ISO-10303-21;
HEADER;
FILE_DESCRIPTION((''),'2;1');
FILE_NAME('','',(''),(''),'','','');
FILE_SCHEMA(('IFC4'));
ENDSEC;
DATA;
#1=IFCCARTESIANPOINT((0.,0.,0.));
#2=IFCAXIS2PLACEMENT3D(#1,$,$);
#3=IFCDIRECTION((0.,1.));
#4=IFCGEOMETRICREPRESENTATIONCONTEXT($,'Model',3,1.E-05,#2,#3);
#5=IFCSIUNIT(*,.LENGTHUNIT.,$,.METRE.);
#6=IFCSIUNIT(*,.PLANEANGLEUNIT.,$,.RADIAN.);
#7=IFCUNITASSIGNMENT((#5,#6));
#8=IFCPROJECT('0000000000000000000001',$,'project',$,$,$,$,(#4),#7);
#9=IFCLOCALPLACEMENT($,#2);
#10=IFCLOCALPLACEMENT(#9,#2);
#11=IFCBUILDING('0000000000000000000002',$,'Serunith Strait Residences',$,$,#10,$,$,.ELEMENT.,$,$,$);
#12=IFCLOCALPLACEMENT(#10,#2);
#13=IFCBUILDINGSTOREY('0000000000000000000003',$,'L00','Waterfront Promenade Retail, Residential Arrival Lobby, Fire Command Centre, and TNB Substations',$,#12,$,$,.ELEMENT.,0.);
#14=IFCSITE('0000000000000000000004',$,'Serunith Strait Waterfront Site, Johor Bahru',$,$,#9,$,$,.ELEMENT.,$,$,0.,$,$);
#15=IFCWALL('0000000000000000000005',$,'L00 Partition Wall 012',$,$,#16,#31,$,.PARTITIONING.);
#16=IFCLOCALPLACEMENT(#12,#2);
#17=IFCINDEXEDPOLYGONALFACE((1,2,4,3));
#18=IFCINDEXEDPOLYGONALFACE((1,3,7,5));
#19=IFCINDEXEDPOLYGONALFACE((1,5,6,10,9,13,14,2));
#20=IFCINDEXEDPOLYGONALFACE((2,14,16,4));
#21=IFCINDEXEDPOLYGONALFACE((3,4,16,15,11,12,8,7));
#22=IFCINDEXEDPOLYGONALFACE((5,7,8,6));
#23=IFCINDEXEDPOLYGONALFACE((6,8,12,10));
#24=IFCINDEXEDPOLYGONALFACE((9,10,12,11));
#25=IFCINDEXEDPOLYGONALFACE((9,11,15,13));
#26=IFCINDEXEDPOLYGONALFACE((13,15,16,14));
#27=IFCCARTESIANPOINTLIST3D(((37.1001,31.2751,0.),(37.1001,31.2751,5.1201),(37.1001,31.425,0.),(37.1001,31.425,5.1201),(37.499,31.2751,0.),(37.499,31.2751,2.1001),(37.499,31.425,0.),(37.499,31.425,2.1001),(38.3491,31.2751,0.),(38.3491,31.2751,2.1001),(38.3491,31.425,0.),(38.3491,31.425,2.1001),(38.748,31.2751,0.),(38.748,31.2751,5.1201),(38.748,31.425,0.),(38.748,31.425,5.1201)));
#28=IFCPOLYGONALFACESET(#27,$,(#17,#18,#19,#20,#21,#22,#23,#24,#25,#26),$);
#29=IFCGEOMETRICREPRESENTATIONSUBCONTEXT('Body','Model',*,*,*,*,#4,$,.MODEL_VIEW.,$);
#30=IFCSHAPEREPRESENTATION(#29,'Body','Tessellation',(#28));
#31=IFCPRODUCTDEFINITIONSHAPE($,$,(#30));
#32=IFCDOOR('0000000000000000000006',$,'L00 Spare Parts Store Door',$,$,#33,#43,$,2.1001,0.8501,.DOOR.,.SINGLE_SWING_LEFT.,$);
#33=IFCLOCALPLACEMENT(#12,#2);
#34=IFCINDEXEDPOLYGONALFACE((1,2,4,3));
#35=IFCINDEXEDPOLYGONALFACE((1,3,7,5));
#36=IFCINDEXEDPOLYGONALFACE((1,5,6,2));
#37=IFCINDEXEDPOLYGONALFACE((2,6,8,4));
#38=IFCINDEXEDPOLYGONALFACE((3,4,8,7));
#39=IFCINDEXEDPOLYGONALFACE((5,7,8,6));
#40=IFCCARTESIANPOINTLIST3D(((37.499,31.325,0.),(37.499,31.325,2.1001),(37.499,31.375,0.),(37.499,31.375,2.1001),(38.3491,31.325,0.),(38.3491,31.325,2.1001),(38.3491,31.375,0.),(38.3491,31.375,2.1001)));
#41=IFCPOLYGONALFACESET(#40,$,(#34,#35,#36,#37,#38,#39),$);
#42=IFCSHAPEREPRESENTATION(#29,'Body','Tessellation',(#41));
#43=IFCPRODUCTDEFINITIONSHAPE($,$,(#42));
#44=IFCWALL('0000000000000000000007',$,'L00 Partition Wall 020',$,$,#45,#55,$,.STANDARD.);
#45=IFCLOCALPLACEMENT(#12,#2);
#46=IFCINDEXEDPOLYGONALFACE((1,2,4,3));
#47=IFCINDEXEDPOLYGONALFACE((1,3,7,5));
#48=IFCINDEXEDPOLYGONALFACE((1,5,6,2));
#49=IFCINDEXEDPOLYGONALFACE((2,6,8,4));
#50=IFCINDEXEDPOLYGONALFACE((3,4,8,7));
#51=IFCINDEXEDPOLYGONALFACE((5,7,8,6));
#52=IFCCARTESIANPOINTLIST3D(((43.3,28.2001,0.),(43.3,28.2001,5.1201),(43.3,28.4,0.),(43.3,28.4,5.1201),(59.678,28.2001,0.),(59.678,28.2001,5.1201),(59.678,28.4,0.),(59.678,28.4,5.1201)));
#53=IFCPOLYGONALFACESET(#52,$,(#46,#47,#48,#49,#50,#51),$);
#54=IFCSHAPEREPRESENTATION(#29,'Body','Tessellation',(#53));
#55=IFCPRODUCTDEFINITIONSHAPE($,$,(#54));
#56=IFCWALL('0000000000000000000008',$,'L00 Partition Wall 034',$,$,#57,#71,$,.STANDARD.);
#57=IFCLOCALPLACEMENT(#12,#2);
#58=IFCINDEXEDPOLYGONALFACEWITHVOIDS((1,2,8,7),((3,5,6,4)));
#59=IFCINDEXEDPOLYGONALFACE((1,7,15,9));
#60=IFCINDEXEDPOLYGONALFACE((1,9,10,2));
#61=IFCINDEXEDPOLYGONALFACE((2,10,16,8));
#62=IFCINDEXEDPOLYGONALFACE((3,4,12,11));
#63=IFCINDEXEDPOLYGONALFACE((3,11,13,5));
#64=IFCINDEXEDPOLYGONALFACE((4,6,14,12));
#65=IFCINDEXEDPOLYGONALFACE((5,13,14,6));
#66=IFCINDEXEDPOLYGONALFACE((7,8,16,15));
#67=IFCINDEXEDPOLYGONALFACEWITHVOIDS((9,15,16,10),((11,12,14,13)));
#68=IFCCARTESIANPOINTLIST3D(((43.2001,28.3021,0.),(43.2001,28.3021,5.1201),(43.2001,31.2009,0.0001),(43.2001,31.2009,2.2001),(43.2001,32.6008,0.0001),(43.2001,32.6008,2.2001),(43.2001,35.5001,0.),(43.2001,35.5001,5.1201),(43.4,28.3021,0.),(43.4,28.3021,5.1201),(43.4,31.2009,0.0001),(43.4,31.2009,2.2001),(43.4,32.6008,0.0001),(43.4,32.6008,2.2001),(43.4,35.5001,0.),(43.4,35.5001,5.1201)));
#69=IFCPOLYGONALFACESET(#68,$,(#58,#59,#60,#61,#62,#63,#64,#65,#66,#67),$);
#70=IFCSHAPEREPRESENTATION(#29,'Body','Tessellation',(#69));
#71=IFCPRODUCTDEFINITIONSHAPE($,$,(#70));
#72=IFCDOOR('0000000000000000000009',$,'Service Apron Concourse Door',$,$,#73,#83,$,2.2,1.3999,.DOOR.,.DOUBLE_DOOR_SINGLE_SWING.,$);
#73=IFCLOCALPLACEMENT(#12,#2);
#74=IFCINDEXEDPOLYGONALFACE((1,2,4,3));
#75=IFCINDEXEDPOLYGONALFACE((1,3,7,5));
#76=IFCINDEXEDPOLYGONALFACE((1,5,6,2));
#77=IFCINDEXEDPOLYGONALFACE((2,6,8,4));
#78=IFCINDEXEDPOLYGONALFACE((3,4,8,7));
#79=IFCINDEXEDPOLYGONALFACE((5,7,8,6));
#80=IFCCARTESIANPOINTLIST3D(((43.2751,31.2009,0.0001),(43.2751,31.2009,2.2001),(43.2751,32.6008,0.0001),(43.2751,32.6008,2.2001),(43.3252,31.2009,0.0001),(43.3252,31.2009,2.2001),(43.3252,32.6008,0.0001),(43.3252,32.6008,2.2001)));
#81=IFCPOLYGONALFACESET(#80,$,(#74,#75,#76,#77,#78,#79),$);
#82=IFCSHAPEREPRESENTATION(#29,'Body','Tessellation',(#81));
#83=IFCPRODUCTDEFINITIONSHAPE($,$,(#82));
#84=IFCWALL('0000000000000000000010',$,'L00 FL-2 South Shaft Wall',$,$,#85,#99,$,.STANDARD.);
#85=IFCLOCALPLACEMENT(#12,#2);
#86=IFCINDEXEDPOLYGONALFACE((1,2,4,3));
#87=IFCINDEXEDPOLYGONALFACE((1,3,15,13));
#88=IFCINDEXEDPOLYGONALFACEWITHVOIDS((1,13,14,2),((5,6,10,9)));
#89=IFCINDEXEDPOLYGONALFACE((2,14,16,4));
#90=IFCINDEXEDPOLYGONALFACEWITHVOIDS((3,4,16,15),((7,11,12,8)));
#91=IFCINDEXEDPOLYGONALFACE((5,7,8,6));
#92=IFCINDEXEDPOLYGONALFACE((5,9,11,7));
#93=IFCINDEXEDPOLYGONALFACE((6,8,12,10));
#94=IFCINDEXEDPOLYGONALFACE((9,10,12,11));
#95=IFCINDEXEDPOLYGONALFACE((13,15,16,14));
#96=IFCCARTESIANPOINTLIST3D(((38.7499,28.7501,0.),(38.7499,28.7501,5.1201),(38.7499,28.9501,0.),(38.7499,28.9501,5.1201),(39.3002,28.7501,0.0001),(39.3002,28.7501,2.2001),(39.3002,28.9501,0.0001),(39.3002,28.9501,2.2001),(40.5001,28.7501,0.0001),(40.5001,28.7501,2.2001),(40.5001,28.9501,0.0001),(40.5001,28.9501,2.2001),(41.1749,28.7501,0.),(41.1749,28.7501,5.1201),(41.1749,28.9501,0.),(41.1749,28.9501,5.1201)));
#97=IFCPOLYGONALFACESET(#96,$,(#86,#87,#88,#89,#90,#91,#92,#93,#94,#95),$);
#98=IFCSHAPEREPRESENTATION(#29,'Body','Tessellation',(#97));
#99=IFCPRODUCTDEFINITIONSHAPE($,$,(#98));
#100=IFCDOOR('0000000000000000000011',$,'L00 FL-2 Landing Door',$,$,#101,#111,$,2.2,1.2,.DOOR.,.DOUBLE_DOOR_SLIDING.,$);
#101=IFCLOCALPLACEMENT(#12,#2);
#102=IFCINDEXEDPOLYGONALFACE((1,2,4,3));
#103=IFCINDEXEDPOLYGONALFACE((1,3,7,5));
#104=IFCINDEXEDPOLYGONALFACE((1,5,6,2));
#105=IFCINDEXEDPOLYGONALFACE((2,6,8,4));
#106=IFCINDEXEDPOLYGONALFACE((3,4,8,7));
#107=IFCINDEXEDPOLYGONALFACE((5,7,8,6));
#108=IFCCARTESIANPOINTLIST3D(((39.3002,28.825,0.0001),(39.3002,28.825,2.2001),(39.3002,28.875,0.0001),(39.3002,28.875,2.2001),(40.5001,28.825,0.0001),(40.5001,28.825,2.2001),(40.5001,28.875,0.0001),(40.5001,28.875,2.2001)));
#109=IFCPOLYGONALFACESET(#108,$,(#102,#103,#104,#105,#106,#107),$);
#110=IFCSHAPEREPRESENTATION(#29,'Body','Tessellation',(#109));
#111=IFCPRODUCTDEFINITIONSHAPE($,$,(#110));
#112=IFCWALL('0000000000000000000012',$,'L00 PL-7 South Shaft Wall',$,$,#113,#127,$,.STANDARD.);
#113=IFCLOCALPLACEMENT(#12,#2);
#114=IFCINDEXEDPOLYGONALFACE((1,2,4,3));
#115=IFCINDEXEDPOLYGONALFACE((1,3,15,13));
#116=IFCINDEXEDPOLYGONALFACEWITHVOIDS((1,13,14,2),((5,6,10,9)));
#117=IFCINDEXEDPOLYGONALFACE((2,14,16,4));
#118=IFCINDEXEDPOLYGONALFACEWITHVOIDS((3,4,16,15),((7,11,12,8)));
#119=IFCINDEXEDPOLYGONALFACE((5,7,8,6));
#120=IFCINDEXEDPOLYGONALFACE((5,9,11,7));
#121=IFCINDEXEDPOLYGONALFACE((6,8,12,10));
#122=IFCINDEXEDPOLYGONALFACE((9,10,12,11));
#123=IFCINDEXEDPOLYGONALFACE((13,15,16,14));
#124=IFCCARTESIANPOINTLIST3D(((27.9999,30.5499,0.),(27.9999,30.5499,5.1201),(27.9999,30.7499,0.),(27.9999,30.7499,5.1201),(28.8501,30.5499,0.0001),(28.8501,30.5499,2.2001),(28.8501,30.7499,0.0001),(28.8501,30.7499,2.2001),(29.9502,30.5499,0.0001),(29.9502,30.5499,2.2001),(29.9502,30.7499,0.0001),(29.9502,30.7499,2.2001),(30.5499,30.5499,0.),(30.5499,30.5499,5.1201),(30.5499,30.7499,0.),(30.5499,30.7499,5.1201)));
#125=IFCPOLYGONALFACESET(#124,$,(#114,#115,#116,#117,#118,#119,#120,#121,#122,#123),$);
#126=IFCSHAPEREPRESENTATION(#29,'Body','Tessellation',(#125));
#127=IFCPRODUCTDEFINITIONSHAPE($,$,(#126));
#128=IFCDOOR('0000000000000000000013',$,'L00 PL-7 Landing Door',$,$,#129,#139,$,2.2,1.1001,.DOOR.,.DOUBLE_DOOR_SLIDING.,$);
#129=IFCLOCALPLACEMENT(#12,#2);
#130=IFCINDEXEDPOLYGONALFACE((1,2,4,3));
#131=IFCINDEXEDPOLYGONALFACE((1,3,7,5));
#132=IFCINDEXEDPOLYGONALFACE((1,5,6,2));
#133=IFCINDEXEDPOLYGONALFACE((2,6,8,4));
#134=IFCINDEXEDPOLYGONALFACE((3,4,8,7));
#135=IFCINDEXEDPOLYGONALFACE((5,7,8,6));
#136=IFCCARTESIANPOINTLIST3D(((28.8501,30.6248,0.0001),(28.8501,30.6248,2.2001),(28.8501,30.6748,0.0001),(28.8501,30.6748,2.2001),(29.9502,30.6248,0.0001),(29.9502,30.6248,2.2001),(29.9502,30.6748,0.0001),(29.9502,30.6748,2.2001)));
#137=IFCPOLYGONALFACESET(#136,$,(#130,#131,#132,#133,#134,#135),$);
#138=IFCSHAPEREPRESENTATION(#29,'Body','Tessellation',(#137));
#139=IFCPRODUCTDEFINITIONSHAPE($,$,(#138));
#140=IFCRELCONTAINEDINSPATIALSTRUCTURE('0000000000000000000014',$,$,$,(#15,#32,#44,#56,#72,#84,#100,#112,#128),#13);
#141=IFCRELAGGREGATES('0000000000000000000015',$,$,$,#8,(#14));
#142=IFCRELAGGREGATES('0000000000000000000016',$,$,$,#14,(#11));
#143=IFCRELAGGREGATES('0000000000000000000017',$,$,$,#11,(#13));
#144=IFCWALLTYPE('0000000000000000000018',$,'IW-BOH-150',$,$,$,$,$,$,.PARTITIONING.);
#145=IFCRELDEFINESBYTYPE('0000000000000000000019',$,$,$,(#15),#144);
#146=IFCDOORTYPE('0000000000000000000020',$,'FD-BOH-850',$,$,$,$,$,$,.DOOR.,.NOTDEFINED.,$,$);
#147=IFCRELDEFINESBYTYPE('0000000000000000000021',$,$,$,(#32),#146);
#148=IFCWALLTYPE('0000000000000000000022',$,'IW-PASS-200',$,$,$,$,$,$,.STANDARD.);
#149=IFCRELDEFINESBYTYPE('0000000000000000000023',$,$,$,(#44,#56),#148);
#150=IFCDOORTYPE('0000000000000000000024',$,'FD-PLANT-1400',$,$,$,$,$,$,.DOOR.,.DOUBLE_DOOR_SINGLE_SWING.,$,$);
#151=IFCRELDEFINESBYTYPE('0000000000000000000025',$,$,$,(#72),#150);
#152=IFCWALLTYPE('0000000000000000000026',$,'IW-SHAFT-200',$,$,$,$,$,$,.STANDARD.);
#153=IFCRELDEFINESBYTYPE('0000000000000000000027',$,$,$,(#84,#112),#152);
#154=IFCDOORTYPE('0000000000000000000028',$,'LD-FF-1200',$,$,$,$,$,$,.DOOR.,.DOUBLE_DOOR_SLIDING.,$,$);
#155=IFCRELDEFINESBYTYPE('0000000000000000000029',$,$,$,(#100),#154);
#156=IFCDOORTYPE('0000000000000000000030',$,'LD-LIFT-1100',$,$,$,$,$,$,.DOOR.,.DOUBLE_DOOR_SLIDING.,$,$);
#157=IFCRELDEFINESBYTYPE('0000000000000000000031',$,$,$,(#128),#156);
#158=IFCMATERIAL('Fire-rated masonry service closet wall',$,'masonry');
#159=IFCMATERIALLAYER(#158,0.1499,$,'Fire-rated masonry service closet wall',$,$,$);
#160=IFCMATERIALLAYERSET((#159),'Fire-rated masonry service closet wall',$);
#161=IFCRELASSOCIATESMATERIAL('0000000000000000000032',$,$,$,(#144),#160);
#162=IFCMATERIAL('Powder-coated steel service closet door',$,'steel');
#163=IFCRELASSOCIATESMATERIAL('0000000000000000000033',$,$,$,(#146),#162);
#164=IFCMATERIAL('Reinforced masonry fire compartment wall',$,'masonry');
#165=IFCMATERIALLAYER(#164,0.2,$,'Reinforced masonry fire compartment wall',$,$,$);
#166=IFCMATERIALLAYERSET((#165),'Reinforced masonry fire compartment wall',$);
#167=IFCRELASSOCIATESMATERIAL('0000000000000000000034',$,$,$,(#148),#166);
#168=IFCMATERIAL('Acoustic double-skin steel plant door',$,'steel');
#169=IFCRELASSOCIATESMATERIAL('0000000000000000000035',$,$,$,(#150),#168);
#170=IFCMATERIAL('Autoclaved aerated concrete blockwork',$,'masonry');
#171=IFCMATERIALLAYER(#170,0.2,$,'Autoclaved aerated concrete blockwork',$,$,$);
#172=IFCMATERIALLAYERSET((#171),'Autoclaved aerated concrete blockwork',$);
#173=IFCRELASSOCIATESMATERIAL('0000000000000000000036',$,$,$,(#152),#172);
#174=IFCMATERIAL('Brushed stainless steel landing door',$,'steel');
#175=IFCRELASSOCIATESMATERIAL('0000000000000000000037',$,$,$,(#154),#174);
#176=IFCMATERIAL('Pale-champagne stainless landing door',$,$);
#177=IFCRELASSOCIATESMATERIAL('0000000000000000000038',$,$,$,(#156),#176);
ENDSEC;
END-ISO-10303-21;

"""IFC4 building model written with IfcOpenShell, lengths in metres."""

from ifc_helpers import new_model, si_unit, direction, frame, frame_2d, origin, place, context, subcontext, project, spatial, rectangle, extrude, source, transform, mapped, material, layer, layer_set, type_object, element, fill, save


model = new_model("IFC4")

# Units and contexts
model_context = context("Model", 3, precision=1e-05, world=origin(), true_north=direction((0.0, 1.0)))
body_context = subcontext(model_context, "Body", "Model", "MODEL_VIEW")
ifc_project = project(units=[si_unit("LENGTHUNIT", "METRE"), si_unit("PLANEANGLEUNIT", "RADIAN")], contexts=[model_context])

# Site, building, storey
site_placement = place(None, origin())
site = spatial("IfcSite", under=ifc_project, at=site_placement, Name="Serunith Strait Waterfront Site, Johor Bahru", CompositionType="ELEMENT", RefElevation=0.0)
building_placement = place(site_placement, origin())
building = spatial("IfcBuilding", under=site, at=building_placement, Name="Serunith Strait Residences", CompositionType="ELEMENT")
storey_placement = place(building_placement, origin())
storey = spatial("IfcBuildingStorey", under=building, at=storey_placement, Name="L00", Description="Waterfront Promenade Retail, Residential Arrival Lobby, Fire Command Centre, and TNB Substations", CompositionType="ELEMENT", Elevation=0.0)

# Wall, opening, door
ifc_material_1 = material(Name="Fire-rated masonry service closet wall", Category="masonry")
ifc_layer_1 = layer(ifc_material_1, 0.1499, Name="Fire-rated masonry service closet wall")
ifc_layer_set_1 = layer_set([ifc_layer_1], Name="Fire-rated masonry service closet wall")
wall_type_1 = type_object("IfcWallType", Name="IW-BOH-150", PredefinedType="PARTITIONING", material=ifc_layer_set_1)
wall_1_placement = place(storey_placement, frame((37.1001, 31.3501, 0.0), z_axis=(0.0, 0.0, 1.0), x_axis=(1.0, 0.0, 0.0)))
wall_1 = element("IfcWall", 1, at=wall_1_placement, inside=storey, type_object=wall_type_1, Name="L00 Partition Wall 012", PredefinedType="PARTITIONING", context=body_context, shape_type="SweptSolid", body=[
    extrude(rectangle(XDim=1.6479, YDim=0.1499, at=frame_2d((0.824, 0.0))), origin(), (0.0, 0.0, 1.0), 5.1201),
])
opening_1_placement = place(wall_1_placement, frame((0.3989, 0.0, 0.0)))
opening_1 = element("IfcOpeningElement", 2, at=opening_1_placement, cuts=wall_1, PredefinedType="OPENING", context=body_context, shape_type="SweptSolid", body=[
    extrude(rectangle(XDim=0.8501, YDim=2.1001, at=frame_2d((0.425, 1.05))), frame((0.0, 0.085, 0.0), z_axis=(0.0, -1.0, 0.0), x_axis=(1.0, 0.0, 0.0)), (0.0, 0.0, 1.0), 0.1699),
])
ifc_material_2 = material(Name="Powder-coated steel service closet door", Category="steel")
door_type_1 = type_object("IfcDoorType", Name="FD-BOH-850", OperationType="NOTDEFINED", PredefinedType="DOOR", material=ifc_material_2)
shared_shape_1 = source(origin(), body_context, "Body", "SweptSolid", [
    extrude(rectangle(XDim=0.8501, YDim=2.1001, at=frame_2d((0.425, 1.05))), frame((0.0, 0.0249, 0.0), z_axis=(0.0, -1.0, 0.0), x_axis=(1.0, 0.0, 0.0)), (0.0, 0.0, 1.0), 0.05),
])
door_1_placement = place(opening_1_placement, origin())
door_1 = element("IfcDoor", 3, at=door_1_placement, inside=storey, type_object=door_type_1, Name="L00 Spare Parts Store Door", OperationType="SINGLE_SWING_LEFT", OverallHeight=2.1001, OverallWidth=0.8501, PredefinedType="DOOR", context=body_context, shape_type="MappedRepresentation", body=[
    mapped(shared_shape_1, transform((0.0, 0.0, 0.0), scale=1.0)),
])
fill(opening_1, door_1)

# Wall
ifc_material_3 = material(Name="Reinforced masonry fire compartment wall", Category="masonry")
ifc_layer_2 = layer(ifc_material_3, 0.2, Name="Reinforced masonry fire compartment wall")
ifc_layer_set_2 = layer_set([ifc_layer_2], Name="Reinforced masonry fire compartment wall")
wall_type_2 = type_object("IfcWallType", Name="IW-PASS-200", PredefinedType="STANDARD", material=ifc_layer_set_2)
wall_2_placement = place(storey_placement, frame((43.3, 28.3, 0.0), z_axis=(0.0, 0.0, 1.0), x_axis=(1.0, 0.0, 0.0)))
element("IfcWall", 4, at=wall_2_placement, inside=storey, type_object=wall_type_2, Name="L00 Partition Wall 020", PredefinedType="STANDARD", context=body_context, shape_type="SweptSolid", body=[
    extrude(rectangle(XDim=16.3779, YDim=0.2, at=frame_2d((8.189, 0.0))), origin(), (0.0, 0.0, 1.0), 5.1201),
])

# Walls, openings, doors
wall_3_placement = place(storey_placement, frame((43.3, 28.302, 0.0), z_axis=(0.0, 0.0, 1.0), x_axis=(0.0, 1.0, 0.0)))
wall_3 = element("IfcWall", 5, at=wall_3_placement, inside=storey, type_object=wall_type_2, Name="L00 Partition Wall 034", PredefinedType="STANDARD", context=body_context, shape_type="SweptSolid", body=[
    extrude(rectangle(XDim=7.198, YDim=0.2, at=frame_2d((3.5991, 0.0))), origin(), (0.0, 0.0, 1.0), 5.1201),
])
opening_2_placement = place(wall_3_placement, frame((2.8989, 0.0, 0.0)))
opening_2 = element("IfcOpeningElement", 6, at=opening_2_placement, cuts=wall_3, PredefinedType="OPENING", context=body_context, shape_type="SweptSolid", body=[
    extrude(rectangle(XDim=1.3999, YDim=2.2, at=frame_2d((0.7, 1.1001))), frame((0.0, 0.1099, 0.0), z_axis=(0.0, -1.0, 0.0), x_axis=(1.0, 0.0, 0.0)), (0.0, 0.0, 1.0), 0.22),
])
ifc_material_4 = material(Name="Acoustic double-skin steel plant door", Category="steel")
door_type_2 = type_object("IfcDoorType", Name="FD-PLANT-1400", OperationType="DOUBLE_DOOR_SINGLE_SWING", PredefinedType="DOOR", material=ifc_material_4)
shared_shape_2 = source(origin(), body_context, "Body", "SweptSolid", [
    extrude(rectangle(XDim=1.3999, YDim=2.2, at=frame_2d((0.7, 1.1001))), frame((0.0, 0.0249, 0.0), z_axis=(0.0, -1.0, 0.0), x_axis=(1.0, 0.0, 0.0)), (0.0, 0.0, 1.0), 0.05),
])
door_2_placement = place(opening_2_placement, origin())
door_2 = element("IfcDoor", 7, at=door_2_placement, inside=storey, type_object=door_type_2, Name="Service Apron Concourse Door", OperationType="DOUBLE_DOOR_SINGLE_SWING", OverallHeight=2.2, OverallWidth=1.3999, PredefinedType="DOOR", context=body_context, shape_type="MappedRepresentation", body=[
    mapped(shared_shape_2, transform((0.0, 0.0, 0.0), scale=1.0)),
])
fill(opening_2, door_2)
ifc_material_5 = material(Name="Autoclaved aerated concrete blockwork", Category="masonry")
ifc_layer_3 = layer(ifc_material_5, 0.2, Name="Autoclaved aerated concrete blockwork")
ifc_layer_set_3 = layer_set([ifc_layer_3], Name="Autoclaved aerated concrete blockwork")
wall_type_3 = type_object("IfcWallType", Name="IW-SHAFT-200", PredefinedType="STANDARD", material=ifc_layer_set_3)
wall_4_placement = place(storey_placement, frame((38.75, 28.8501, 0.0), z_axis=(0.0, 0.0, 1.0), x_axis=(1.0, 0.0, 0.0)))
wall_4 = element("IfcWall", 8, at=wall_4_placement, inside=storey, type_object=wall_type_3, Name="L00 FL-2 South Shaft Wall", PredefinedType="STANDARD", context=body_context, shape_type="SweptSolid", body=[
    extrude(rectangle(XDim=2.425, YDim=0.2, at=frame_2d((1.2124, 0.0))), origin(), (0.0, 0.0, 1.0), 5.1201),
])
opening_3_placement = place(wall_4_placement, frame((0.55, 0.0, 0.0)))
opening_3 = element("IfcOpeningElement", 9, at=opening_3_placement, cuts=wall_4, PredefinedType="OPENING", context=body_context, shape_type="SweptSolid", body=[
    extrude(rectangle(XDim=1.2, YDim=2.2, at=frame_2d((0.6001, 1.1001))), frame((0.0, 0.1099, 0.0), z_axis=(0.0, -1.0, 0.0), x_axis=(1.0, 0.0, 0.0)), (0.0, 0.0, 1.0), 0.22),
])
ifc_material_6 = material(Name="Brushed stainless steel landing door", Category="steel")
door_type_3 = type_object("IfcDoorType", Name="LD-FF-1200", OperationType="DOUBLE_DOOR_SLIDING", PredefinedType="DOOR", material=ifc_material_6)
shared_shape_3 = source(origin(), body_context, "Body", "SweptSolid", [
    extrude(rectangle(XDim=1.2, YDim=2.2, at=frame_2d((0.6001, 1.1001))), frame((0.0, 0.0249, 0.0), z_axis=(0.0, -1.0, 0.0), x_axis=(1.0, 0.0, 0.0)), (0.0, 0.0, 1.0), 0.05),
])
door_3_placement = place(opening_3_placement, origin())
door_3 = element("IfcDoor", 10, at=door_3_placement, inside=storey, type_object=door_type_3, Name="L00 FL-2 Landing Door", OperationType="DOUBLE_DOOR_SLIDING", OverallHeight=2.2, OverallWidth=1.2, PredefinedType="DOOR", context=body_context, shape_type="MappedRepresentation", body=[
    mapped(shared_shape_3, transform((0.0, 0.0, 0.0), scale=1.0)),
])
fill(opening_3, door_3)
wall_5_placement = place(storey_placement, frame((28.0, 30.6499, 0.0), z_axis=(0.0, 0.0, 1.0), x_axis=(1.0, 0.0, 0.0)))
wall_5 = element("IfcWall", 11, at=wall_5_placement, inside=storey, type_object=wall_type_3, Name="L00 PL-7 South Shaft Wall", PredefinedType="STANDARD", context=body_context, shape_type="SweptSolid", body=[
    extrude(rectangle(XDim=2.55, YDim=0.2, at=frame_2d((1.2749, 0.0))), origin(), (0.0, 0.0, 1.0), 5.1201),
])
opening_4_placement = place(wall_5_placement, frame((0.8501, 0.0, 0.0)))
opening_4 = element("IfcOpeningElement", 12, at=opening_4_placement, cuts=wall_5, PredefinedType="OPENING", context=body_context, shape_type="SweptSolid", body=[
    extrude(rectangle(XDim=1.1001, YDim=2.2, at=frame_2d((0.55, 1.1001))), frame((0.0, 0.1099, 0.0), z_axis=(0.0, -1.0, 0.0), x_axis=(1.0, 0.0, 0.0)), (0.0, 0.0, 1.0), 0.22),
])
ifc_material_7 = material(Name="Pale-champagne stainless landing door")
door_type_4 = type_object("IfcDoorType", Name="LD-LIFT-1100", OperationType="DOUBLE_DOOR_SLIDING", PredefinedType="DOOR", material=ifc_material_7)
shared_shape_4 = source(origin(), body_context, "Body", "SweptSolid", [
    extrude(rectangle(XDim=1.1001, YDim=2.2, at=frame_2d((0.55, 1.1001))), frame((0.0, 0.0249, 0.0), z_axis=(0.0, -1.0, 0.0), x_axis=(1.0, 0.0, 0.0)), (0.0, 0.0, 1.0), 0.05),
])
door_4_placement = place(opening_4_placement, origin())
door_4 = element("IfcDoor", 13, at=door_4_placement, inside=storey, type_object=door_type_4, Name="L00 PL-7 Landing Door", OperationType="DOUBLE_DOOR_SLIDING", OverallHeight=2.2, OverallWidth=1.1001, PredefinedType="DOOR", context=body_context, shape_type="MappedRepresentation", body=[
    mapped(shared_shape_4, transform((0.0, 0.0, 0.0), scale=1.0)),
])
fill(opening_4, door_4)

save(model, "model.ifc")
